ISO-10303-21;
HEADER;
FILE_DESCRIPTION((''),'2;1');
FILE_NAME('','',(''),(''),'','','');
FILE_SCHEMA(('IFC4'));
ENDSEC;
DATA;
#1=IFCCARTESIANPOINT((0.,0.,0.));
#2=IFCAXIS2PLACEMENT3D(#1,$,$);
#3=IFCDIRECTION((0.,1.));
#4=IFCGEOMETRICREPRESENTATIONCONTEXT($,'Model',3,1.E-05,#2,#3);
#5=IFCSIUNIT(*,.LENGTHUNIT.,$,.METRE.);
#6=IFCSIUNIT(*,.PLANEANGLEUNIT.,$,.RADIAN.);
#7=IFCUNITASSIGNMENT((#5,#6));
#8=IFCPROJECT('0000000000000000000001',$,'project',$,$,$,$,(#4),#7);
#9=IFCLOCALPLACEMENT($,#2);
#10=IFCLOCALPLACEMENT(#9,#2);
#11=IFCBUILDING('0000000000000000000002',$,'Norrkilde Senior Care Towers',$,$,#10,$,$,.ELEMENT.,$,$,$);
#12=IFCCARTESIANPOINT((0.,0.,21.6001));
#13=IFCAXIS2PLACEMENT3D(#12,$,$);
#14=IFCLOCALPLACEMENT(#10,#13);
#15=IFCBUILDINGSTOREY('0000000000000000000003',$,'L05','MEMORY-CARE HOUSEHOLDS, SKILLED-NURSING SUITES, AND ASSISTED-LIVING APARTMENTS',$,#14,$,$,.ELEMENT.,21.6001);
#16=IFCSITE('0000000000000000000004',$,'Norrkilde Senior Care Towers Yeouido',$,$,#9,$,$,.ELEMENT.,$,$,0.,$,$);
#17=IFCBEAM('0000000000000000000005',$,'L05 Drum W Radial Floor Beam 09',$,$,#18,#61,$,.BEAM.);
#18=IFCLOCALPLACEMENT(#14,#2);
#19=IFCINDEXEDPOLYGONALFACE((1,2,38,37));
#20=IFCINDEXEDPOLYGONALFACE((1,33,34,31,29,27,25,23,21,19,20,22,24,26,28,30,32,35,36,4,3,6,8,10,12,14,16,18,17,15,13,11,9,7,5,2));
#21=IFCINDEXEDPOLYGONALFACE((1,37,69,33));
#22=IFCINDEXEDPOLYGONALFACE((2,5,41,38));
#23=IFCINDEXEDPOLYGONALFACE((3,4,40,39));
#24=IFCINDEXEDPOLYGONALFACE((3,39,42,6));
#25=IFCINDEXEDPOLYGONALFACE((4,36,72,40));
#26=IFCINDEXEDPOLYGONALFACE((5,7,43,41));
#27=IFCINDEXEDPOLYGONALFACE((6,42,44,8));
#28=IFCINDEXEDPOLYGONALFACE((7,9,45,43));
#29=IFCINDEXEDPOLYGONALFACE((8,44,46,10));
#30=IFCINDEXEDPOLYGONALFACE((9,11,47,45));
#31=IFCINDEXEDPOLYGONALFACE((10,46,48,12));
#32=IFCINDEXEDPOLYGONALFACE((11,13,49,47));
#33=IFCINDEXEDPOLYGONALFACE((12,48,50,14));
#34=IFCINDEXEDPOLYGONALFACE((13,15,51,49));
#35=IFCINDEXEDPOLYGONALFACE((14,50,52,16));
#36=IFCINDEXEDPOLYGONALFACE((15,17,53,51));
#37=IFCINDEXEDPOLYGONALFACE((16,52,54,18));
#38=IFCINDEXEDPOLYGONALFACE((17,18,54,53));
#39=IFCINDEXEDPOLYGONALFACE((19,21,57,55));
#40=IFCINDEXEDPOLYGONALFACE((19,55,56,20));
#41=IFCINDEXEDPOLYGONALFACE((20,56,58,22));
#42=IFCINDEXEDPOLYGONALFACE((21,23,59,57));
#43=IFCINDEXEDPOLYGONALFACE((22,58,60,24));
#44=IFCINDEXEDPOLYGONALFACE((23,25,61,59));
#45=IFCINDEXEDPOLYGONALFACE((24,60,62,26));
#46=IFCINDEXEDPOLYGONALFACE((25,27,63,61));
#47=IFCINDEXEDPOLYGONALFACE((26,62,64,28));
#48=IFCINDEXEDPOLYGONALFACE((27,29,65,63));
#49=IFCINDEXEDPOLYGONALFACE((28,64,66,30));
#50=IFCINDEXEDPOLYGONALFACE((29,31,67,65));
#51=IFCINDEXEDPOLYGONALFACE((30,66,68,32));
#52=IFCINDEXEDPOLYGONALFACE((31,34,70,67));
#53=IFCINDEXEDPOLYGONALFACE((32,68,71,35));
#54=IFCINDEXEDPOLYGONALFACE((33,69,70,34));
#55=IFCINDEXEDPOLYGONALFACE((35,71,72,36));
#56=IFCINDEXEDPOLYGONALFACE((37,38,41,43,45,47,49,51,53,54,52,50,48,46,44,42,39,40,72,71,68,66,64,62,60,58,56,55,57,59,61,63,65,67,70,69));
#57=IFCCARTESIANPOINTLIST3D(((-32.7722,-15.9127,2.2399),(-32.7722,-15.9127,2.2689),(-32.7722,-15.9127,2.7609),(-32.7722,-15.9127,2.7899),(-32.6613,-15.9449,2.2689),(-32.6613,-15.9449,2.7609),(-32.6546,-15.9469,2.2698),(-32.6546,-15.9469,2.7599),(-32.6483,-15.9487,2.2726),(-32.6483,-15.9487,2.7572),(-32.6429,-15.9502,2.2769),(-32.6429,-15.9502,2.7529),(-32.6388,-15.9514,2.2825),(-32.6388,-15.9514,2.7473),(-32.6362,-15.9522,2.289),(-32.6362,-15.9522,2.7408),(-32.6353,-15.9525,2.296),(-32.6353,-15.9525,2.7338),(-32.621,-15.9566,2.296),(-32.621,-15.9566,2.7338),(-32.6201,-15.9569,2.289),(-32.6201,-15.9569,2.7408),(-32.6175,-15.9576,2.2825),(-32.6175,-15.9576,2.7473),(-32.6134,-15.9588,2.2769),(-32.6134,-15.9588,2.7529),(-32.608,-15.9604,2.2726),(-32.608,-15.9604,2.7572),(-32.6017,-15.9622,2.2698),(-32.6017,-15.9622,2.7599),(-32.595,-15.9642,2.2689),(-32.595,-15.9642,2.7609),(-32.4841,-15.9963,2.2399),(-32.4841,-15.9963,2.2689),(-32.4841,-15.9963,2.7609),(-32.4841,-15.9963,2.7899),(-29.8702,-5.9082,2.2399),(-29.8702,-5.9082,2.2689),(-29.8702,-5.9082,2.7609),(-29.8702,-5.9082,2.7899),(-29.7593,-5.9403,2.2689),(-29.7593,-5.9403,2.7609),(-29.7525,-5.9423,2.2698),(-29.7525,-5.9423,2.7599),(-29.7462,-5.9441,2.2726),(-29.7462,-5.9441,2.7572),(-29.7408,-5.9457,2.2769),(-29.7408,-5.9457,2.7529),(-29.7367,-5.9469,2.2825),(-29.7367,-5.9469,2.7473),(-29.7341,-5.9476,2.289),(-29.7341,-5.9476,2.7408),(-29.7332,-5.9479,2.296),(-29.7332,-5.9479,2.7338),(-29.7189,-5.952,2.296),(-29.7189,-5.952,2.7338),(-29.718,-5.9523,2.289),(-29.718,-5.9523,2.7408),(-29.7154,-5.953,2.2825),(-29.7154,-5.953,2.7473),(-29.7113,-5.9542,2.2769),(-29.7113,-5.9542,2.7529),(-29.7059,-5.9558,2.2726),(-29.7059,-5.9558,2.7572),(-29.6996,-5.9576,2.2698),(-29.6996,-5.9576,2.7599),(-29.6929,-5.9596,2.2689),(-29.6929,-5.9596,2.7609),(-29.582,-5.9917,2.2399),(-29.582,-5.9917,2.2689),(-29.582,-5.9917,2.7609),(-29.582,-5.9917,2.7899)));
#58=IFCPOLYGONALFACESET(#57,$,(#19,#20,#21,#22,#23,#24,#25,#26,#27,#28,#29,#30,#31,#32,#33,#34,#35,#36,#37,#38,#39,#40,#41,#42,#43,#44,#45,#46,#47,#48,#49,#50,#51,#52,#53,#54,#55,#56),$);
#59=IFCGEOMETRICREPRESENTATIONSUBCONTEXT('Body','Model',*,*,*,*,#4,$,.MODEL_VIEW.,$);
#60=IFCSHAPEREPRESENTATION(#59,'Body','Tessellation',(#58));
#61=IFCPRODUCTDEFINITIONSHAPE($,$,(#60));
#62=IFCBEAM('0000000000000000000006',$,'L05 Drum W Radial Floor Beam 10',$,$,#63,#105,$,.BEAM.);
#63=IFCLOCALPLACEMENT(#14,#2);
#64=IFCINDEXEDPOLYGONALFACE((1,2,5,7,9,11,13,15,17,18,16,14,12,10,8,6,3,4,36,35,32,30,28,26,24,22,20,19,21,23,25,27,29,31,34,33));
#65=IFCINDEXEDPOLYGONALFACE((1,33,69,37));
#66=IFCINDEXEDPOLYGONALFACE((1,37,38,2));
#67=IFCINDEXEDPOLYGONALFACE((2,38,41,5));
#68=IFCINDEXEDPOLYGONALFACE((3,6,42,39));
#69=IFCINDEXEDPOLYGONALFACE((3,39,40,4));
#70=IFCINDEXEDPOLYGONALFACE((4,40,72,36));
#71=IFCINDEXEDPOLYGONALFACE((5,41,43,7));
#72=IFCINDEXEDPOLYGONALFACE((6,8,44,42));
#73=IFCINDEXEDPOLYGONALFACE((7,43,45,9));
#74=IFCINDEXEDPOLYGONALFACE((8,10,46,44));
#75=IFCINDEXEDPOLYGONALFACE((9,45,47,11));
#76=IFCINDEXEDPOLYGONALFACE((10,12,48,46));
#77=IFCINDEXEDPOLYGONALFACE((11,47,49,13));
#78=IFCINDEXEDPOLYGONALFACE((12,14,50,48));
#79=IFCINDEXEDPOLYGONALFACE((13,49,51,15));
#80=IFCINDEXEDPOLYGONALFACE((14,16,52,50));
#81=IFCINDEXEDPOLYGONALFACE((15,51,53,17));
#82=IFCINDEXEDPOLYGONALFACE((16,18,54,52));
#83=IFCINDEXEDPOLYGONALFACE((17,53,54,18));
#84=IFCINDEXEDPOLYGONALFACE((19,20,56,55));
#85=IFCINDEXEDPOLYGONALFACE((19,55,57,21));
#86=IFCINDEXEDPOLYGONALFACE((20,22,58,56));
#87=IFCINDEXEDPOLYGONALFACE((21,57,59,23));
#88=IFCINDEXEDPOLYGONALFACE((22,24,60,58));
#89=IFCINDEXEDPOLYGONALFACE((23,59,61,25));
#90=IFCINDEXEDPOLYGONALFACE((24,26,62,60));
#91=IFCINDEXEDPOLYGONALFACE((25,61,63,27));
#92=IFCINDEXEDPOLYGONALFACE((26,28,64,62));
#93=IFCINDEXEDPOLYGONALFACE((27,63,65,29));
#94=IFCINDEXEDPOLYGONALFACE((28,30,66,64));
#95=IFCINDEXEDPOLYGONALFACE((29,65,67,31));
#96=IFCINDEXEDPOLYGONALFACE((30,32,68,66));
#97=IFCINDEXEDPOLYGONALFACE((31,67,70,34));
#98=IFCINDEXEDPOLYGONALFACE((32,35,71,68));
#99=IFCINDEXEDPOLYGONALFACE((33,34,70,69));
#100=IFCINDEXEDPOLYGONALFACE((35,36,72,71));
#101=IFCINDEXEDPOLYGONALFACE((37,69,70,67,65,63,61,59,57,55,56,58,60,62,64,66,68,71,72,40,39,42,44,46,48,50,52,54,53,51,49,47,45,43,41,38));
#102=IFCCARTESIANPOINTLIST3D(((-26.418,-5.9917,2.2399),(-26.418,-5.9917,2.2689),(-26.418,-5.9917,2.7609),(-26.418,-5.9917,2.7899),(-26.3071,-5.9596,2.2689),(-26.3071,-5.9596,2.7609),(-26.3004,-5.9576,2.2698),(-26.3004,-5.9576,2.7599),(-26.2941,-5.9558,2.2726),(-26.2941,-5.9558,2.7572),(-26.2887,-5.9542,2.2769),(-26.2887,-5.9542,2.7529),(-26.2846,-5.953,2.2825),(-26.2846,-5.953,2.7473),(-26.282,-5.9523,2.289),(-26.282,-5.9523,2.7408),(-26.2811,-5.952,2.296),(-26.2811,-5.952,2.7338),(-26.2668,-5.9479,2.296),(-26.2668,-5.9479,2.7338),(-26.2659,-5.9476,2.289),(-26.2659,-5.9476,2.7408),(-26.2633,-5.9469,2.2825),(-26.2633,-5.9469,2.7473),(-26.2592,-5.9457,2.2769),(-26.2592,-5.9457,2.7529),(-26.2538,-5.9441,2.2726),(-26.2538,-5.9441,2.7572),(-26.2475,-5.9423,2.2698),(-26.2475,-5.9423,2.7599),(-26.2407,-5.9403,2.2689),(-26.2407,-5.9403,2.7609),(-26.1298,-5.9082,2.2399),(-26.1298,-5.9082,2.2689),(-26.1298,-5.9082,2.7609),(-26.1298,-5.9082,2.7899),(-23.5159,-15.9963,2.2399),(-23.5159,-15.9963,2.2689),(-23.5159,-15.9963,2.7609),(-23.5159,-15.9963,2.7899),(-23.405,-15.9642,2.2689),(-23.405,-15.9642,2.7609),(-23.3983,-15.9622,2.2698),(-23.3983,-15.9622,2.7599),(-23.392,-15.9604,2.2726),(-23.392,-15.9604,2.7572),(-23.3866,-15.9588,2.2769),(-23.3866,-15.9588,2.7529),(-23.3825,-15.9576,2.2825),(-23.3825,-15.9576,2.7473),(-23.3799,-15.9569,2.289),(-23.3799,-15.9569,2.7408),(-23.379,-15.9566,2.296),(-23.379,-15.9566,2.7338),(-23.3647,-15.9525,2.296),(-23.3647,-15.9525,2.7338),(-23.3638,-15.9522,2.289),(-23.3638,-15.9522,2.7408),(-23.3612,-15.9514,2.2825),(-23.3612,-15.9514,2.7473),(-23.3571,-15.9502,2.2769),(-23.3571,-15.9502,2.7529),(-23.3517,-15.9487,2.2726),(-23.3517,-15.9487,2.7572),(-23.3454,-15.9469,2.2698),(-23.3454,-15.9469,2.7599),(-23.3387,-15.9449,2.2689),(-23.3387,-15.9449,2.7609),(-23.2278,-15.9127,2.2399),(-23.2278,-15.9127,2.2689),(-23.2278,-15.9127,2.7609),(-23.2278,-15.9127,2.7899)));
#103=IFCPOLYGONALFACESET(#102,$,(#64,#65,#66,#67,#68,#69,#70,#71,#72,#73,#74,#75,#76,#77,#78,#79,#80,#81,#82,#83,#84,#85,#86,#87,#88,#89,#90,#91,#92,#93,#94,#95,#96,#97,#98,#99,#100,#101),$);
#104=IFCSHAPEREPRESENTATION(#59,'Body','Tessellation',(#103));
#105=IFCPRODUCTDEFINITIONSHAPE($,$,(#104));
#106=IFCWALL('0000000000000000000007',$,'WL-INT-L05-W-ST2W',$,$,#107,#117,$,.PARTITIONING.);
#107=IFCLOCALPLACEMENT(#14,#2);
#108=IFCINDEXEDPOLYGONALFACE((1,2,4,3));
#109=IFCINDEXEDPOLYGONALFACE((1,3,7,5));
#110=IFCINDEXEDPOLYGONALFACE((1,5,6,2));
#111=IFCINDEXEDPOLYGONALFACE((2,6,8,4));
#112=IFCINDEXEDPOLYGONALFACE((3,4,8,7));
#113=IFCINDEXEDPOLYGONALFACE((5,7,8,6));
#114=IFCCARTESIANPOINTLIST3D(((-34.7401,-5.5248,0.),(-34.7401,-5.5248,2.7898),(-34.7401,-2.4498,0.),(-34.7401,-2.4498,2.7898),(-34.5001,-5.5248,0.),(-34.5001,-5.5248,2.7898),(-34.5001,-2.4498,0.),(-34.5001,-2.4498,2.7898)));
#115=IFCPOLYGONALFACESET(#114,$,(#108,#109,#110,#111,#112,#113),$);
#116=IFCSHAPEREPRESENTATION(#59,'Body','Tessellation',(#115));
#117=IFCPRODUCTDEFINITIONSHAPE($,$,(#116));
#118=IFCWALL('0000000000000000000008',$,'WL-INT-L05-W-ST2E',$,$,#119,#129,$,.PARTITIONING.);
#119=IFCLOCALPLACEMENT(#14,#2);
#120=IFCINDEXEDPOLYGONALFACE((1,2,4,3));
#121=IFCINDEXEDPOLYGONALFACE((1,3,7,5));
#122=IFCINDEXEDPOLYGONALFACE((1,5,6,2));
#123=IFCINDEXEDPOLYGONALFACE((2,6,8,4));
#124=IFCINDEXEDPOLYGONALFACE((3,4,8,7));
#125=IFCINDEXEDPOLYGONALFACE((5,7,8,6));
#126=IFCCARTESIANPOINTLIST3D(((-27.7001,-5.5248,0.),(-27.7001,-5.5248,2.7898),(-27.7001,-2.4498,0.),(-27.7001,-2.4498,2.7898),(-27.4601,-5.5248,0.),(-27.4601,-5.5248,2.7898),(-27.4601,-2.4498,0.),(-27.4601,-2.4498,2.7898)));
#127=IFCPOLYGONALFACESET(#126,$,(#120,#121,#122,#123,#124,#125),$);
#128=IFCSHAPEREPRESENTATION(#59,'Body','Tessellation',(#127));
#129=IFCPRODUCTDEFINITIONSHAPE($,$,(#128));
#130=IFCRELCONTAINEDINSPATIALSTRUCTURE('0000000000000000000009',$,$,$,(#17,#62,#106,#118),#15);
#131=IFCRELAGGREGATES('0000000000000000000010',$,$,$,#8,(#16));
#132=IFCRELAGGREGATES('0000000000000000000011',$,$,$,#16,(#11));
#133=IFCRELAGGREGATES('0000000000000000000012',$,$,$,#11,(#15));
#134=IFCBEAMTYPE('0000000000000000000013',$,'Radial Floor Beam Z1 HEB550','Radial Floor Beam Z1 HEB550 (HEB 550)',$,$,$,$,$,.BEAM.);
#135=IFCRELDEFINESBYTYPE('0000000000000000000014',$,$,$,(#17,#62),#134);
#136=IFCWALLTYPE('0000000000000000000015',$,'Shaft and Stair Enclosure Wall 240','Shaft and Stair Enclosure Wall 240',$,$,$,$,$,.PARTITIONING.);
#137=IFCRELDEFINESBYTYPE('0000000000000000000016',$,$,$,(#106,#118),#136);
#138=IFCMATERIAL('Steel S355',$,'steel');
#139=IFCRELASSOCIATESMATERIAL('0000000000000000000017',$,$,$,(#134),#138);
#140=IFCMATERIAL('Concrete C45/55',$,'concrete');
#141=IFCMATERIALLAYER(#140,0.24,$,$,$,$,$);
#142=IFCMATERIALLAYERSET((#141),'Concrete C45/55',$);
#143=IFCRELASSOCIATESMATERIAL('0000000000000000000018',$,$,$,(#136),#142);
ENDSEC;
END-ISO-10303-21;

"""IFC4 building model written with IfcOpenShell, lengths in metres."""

from ifc_helpers import new_model, si_unit, direction, frame, frame_2d, origin, origin_2d, place, context, subcontext, project, spatial, rectangle, i_section, extrude, source, transform, mapped, material, layer, layer_set, material_profile, profile_set, type_object, type_shapes, element, save


model = new_model("IFC4")

# Units and contexts
model_context = context("Model", 3, precision=1e-05, world=origin(), true_north=direction((0.0, 1.0)))
body_context = subcontext(model_context, "Body", "Model", "MODEL_VIEW")
ifc_project = project(units=[si_unit("LENGTHUNIT", "METRE"), si_unit("PLANEANGLEUNIT", "RADIAN")], contexts=[model_context])

# Site, building, storey
site_placement = place(None, origin())
site = spatial("IfcSite", under=ifc_project, at=site_placement, Name="Norrkilde Senior Care Towers Yeouido", CompositionType="ELEMENT", RefElevation=0.0)
building_placement = place(site_placement, origin())
building = spatial("IfcBuilding", under=site, at=building_placement, Name="Norrkilde Senior Care Towers", CompositionType="ELEMENT")
storey_placement = place(building_placement, frame((0.0, 0.0, 21.6001)))
storey = spatial("IfcBuildingStorey", under=building, at=storey_placement, Name="L05", Description="MEMORY-CARE HOUSEHOLDS, SKILLED-NURSING SUITES, AND ASSISTED-LIVING APARTMENTS", CompositionType="ELEMENT", Elevation=21.6001)

# Beams
ifc_material_1 = material(Name="Steel S355", Category="steel")
ifc_material_profile = material_profile(ifc_material_1, i_section(OverallWidth=0.3, OverallDepth=0.55, WebThickness=0.0149, FlangeThickness=0.0291, FilletRadius=0.0271, at=origin_2d()), Name="HEB 550")
ifc_profile_set = profile_set([ifc_material_profile], Name="Steel S355")
beam_type = type_object("IfcBeamType", Name="Radial Floor Beam Z1 HEB550", Description="Radial Floor Beam Z1 HEB550 (HEB 550)", PredefinedType="BEAM", material=ifc_profile_set)
shared_shape_1 = source(origin(), body_context, "Body", "SweptSolid", [
    extrude(i_section(OverallWidth=0.3, OverallDepth=0.55, WebThickness=0.0149, FlangeThickness=0.0291, FilletRadius=0.0271, at=origin_2d()), origin(), (0.0, 0.0, 1.0), 10.417),
])
type_shapes(beam_type, [shared_shape_1])
for number, where, z_axis, x_axis, name in (
    (1, (-29.7261, -5.95, 2.5149), (-0.278591, -0.96041, 0.0), (0.96041, -0.278591, 0.0), "L05 Drum W Radial Floor Beam 09"),
    (2, (-26.2739, -5.95, 2.5149), (0.278591, -0.96041, 0.0), (0.96041, 0.278591, 0.0), "L05 Drum W Radial Floor Beam 10"),
):
    element("IfcBeam", number, at=place(storey_placement, frame(where, z_axis=z_axis, x_axis=x_axis)), inside=storey, type_object=beam_type, Name=name, PredefinedType="BEAM", context=body_context, shape_type="MappedRepresentation", body=[
        mapped(shared_shape_1, transform((0.0, 0.0, 0.0), x_axis=(1.0, 0.0, 0.0), y_axis=(0.0, 1.0, 0.0), z_axis=(0.0, 0.0, 1.0), scale=1.0)),
    ])

# Shared definitions
ifc_material_2 = material(Name="Concrete C45/55", Category="concrete")
ifc_layer_1 = layer(ifc_material_2, 0.24)
ifc_layer_set_1 = layer_set([ifc_layer_1], Name="Concrete C45/55")
wall_type_1 = type_object("IfcWallType", Name="Shaft and Stair Enclosure Wall 240", Description="Shaft and Stair Enclosure Wall 240", PredefinedType="PARTITIONING", material=ifc_layer_set_1)

# Walls
shared_shape_2 = source(origin(), body_context, "Body", "SweptSolid", [
    extrude(rectangle(XDim=3.075, YDim=0.24, at=frame_2d((1.5376, 0.0))), origin(), (0.0, 0.0, 1.0), 2.7898),
])
for number, where, z_axis, x_axis, name in (
    (3, (-34.6201, -5.5249, 0.0), (0.0, 0.0, 1.0), (0.0, 1.0, 0.0), "WL-INT-L05-W-ST2W"),
    (4, (-27.5801, -5.5249, 0.0), (0.0, 0.0, 1.0), (0.0, 1.0, 0.0), "WL-INT-L05-W-ST2E"),
):
    element("IfcWall", number, at=place(storey_placement, frame(where, z_axis=z_axis, x_axis=x_axis)), inside=storey, type_object=wall_type_1, Name=name, PredefinedType="PARTITIONING", context=body_context, shape_type="MappedRepresentation", body=[
        mapped(shared_shape_2, transform((0.0, 0.0, 0.0), x_axis=(1.0, 0.0, 0.0), y_axis=(0.0, 1.0, 0.0), z_axis=(0.0, 0.0, 1.0), scale=1.0)),
    ])

save(model, "model.ifc")
